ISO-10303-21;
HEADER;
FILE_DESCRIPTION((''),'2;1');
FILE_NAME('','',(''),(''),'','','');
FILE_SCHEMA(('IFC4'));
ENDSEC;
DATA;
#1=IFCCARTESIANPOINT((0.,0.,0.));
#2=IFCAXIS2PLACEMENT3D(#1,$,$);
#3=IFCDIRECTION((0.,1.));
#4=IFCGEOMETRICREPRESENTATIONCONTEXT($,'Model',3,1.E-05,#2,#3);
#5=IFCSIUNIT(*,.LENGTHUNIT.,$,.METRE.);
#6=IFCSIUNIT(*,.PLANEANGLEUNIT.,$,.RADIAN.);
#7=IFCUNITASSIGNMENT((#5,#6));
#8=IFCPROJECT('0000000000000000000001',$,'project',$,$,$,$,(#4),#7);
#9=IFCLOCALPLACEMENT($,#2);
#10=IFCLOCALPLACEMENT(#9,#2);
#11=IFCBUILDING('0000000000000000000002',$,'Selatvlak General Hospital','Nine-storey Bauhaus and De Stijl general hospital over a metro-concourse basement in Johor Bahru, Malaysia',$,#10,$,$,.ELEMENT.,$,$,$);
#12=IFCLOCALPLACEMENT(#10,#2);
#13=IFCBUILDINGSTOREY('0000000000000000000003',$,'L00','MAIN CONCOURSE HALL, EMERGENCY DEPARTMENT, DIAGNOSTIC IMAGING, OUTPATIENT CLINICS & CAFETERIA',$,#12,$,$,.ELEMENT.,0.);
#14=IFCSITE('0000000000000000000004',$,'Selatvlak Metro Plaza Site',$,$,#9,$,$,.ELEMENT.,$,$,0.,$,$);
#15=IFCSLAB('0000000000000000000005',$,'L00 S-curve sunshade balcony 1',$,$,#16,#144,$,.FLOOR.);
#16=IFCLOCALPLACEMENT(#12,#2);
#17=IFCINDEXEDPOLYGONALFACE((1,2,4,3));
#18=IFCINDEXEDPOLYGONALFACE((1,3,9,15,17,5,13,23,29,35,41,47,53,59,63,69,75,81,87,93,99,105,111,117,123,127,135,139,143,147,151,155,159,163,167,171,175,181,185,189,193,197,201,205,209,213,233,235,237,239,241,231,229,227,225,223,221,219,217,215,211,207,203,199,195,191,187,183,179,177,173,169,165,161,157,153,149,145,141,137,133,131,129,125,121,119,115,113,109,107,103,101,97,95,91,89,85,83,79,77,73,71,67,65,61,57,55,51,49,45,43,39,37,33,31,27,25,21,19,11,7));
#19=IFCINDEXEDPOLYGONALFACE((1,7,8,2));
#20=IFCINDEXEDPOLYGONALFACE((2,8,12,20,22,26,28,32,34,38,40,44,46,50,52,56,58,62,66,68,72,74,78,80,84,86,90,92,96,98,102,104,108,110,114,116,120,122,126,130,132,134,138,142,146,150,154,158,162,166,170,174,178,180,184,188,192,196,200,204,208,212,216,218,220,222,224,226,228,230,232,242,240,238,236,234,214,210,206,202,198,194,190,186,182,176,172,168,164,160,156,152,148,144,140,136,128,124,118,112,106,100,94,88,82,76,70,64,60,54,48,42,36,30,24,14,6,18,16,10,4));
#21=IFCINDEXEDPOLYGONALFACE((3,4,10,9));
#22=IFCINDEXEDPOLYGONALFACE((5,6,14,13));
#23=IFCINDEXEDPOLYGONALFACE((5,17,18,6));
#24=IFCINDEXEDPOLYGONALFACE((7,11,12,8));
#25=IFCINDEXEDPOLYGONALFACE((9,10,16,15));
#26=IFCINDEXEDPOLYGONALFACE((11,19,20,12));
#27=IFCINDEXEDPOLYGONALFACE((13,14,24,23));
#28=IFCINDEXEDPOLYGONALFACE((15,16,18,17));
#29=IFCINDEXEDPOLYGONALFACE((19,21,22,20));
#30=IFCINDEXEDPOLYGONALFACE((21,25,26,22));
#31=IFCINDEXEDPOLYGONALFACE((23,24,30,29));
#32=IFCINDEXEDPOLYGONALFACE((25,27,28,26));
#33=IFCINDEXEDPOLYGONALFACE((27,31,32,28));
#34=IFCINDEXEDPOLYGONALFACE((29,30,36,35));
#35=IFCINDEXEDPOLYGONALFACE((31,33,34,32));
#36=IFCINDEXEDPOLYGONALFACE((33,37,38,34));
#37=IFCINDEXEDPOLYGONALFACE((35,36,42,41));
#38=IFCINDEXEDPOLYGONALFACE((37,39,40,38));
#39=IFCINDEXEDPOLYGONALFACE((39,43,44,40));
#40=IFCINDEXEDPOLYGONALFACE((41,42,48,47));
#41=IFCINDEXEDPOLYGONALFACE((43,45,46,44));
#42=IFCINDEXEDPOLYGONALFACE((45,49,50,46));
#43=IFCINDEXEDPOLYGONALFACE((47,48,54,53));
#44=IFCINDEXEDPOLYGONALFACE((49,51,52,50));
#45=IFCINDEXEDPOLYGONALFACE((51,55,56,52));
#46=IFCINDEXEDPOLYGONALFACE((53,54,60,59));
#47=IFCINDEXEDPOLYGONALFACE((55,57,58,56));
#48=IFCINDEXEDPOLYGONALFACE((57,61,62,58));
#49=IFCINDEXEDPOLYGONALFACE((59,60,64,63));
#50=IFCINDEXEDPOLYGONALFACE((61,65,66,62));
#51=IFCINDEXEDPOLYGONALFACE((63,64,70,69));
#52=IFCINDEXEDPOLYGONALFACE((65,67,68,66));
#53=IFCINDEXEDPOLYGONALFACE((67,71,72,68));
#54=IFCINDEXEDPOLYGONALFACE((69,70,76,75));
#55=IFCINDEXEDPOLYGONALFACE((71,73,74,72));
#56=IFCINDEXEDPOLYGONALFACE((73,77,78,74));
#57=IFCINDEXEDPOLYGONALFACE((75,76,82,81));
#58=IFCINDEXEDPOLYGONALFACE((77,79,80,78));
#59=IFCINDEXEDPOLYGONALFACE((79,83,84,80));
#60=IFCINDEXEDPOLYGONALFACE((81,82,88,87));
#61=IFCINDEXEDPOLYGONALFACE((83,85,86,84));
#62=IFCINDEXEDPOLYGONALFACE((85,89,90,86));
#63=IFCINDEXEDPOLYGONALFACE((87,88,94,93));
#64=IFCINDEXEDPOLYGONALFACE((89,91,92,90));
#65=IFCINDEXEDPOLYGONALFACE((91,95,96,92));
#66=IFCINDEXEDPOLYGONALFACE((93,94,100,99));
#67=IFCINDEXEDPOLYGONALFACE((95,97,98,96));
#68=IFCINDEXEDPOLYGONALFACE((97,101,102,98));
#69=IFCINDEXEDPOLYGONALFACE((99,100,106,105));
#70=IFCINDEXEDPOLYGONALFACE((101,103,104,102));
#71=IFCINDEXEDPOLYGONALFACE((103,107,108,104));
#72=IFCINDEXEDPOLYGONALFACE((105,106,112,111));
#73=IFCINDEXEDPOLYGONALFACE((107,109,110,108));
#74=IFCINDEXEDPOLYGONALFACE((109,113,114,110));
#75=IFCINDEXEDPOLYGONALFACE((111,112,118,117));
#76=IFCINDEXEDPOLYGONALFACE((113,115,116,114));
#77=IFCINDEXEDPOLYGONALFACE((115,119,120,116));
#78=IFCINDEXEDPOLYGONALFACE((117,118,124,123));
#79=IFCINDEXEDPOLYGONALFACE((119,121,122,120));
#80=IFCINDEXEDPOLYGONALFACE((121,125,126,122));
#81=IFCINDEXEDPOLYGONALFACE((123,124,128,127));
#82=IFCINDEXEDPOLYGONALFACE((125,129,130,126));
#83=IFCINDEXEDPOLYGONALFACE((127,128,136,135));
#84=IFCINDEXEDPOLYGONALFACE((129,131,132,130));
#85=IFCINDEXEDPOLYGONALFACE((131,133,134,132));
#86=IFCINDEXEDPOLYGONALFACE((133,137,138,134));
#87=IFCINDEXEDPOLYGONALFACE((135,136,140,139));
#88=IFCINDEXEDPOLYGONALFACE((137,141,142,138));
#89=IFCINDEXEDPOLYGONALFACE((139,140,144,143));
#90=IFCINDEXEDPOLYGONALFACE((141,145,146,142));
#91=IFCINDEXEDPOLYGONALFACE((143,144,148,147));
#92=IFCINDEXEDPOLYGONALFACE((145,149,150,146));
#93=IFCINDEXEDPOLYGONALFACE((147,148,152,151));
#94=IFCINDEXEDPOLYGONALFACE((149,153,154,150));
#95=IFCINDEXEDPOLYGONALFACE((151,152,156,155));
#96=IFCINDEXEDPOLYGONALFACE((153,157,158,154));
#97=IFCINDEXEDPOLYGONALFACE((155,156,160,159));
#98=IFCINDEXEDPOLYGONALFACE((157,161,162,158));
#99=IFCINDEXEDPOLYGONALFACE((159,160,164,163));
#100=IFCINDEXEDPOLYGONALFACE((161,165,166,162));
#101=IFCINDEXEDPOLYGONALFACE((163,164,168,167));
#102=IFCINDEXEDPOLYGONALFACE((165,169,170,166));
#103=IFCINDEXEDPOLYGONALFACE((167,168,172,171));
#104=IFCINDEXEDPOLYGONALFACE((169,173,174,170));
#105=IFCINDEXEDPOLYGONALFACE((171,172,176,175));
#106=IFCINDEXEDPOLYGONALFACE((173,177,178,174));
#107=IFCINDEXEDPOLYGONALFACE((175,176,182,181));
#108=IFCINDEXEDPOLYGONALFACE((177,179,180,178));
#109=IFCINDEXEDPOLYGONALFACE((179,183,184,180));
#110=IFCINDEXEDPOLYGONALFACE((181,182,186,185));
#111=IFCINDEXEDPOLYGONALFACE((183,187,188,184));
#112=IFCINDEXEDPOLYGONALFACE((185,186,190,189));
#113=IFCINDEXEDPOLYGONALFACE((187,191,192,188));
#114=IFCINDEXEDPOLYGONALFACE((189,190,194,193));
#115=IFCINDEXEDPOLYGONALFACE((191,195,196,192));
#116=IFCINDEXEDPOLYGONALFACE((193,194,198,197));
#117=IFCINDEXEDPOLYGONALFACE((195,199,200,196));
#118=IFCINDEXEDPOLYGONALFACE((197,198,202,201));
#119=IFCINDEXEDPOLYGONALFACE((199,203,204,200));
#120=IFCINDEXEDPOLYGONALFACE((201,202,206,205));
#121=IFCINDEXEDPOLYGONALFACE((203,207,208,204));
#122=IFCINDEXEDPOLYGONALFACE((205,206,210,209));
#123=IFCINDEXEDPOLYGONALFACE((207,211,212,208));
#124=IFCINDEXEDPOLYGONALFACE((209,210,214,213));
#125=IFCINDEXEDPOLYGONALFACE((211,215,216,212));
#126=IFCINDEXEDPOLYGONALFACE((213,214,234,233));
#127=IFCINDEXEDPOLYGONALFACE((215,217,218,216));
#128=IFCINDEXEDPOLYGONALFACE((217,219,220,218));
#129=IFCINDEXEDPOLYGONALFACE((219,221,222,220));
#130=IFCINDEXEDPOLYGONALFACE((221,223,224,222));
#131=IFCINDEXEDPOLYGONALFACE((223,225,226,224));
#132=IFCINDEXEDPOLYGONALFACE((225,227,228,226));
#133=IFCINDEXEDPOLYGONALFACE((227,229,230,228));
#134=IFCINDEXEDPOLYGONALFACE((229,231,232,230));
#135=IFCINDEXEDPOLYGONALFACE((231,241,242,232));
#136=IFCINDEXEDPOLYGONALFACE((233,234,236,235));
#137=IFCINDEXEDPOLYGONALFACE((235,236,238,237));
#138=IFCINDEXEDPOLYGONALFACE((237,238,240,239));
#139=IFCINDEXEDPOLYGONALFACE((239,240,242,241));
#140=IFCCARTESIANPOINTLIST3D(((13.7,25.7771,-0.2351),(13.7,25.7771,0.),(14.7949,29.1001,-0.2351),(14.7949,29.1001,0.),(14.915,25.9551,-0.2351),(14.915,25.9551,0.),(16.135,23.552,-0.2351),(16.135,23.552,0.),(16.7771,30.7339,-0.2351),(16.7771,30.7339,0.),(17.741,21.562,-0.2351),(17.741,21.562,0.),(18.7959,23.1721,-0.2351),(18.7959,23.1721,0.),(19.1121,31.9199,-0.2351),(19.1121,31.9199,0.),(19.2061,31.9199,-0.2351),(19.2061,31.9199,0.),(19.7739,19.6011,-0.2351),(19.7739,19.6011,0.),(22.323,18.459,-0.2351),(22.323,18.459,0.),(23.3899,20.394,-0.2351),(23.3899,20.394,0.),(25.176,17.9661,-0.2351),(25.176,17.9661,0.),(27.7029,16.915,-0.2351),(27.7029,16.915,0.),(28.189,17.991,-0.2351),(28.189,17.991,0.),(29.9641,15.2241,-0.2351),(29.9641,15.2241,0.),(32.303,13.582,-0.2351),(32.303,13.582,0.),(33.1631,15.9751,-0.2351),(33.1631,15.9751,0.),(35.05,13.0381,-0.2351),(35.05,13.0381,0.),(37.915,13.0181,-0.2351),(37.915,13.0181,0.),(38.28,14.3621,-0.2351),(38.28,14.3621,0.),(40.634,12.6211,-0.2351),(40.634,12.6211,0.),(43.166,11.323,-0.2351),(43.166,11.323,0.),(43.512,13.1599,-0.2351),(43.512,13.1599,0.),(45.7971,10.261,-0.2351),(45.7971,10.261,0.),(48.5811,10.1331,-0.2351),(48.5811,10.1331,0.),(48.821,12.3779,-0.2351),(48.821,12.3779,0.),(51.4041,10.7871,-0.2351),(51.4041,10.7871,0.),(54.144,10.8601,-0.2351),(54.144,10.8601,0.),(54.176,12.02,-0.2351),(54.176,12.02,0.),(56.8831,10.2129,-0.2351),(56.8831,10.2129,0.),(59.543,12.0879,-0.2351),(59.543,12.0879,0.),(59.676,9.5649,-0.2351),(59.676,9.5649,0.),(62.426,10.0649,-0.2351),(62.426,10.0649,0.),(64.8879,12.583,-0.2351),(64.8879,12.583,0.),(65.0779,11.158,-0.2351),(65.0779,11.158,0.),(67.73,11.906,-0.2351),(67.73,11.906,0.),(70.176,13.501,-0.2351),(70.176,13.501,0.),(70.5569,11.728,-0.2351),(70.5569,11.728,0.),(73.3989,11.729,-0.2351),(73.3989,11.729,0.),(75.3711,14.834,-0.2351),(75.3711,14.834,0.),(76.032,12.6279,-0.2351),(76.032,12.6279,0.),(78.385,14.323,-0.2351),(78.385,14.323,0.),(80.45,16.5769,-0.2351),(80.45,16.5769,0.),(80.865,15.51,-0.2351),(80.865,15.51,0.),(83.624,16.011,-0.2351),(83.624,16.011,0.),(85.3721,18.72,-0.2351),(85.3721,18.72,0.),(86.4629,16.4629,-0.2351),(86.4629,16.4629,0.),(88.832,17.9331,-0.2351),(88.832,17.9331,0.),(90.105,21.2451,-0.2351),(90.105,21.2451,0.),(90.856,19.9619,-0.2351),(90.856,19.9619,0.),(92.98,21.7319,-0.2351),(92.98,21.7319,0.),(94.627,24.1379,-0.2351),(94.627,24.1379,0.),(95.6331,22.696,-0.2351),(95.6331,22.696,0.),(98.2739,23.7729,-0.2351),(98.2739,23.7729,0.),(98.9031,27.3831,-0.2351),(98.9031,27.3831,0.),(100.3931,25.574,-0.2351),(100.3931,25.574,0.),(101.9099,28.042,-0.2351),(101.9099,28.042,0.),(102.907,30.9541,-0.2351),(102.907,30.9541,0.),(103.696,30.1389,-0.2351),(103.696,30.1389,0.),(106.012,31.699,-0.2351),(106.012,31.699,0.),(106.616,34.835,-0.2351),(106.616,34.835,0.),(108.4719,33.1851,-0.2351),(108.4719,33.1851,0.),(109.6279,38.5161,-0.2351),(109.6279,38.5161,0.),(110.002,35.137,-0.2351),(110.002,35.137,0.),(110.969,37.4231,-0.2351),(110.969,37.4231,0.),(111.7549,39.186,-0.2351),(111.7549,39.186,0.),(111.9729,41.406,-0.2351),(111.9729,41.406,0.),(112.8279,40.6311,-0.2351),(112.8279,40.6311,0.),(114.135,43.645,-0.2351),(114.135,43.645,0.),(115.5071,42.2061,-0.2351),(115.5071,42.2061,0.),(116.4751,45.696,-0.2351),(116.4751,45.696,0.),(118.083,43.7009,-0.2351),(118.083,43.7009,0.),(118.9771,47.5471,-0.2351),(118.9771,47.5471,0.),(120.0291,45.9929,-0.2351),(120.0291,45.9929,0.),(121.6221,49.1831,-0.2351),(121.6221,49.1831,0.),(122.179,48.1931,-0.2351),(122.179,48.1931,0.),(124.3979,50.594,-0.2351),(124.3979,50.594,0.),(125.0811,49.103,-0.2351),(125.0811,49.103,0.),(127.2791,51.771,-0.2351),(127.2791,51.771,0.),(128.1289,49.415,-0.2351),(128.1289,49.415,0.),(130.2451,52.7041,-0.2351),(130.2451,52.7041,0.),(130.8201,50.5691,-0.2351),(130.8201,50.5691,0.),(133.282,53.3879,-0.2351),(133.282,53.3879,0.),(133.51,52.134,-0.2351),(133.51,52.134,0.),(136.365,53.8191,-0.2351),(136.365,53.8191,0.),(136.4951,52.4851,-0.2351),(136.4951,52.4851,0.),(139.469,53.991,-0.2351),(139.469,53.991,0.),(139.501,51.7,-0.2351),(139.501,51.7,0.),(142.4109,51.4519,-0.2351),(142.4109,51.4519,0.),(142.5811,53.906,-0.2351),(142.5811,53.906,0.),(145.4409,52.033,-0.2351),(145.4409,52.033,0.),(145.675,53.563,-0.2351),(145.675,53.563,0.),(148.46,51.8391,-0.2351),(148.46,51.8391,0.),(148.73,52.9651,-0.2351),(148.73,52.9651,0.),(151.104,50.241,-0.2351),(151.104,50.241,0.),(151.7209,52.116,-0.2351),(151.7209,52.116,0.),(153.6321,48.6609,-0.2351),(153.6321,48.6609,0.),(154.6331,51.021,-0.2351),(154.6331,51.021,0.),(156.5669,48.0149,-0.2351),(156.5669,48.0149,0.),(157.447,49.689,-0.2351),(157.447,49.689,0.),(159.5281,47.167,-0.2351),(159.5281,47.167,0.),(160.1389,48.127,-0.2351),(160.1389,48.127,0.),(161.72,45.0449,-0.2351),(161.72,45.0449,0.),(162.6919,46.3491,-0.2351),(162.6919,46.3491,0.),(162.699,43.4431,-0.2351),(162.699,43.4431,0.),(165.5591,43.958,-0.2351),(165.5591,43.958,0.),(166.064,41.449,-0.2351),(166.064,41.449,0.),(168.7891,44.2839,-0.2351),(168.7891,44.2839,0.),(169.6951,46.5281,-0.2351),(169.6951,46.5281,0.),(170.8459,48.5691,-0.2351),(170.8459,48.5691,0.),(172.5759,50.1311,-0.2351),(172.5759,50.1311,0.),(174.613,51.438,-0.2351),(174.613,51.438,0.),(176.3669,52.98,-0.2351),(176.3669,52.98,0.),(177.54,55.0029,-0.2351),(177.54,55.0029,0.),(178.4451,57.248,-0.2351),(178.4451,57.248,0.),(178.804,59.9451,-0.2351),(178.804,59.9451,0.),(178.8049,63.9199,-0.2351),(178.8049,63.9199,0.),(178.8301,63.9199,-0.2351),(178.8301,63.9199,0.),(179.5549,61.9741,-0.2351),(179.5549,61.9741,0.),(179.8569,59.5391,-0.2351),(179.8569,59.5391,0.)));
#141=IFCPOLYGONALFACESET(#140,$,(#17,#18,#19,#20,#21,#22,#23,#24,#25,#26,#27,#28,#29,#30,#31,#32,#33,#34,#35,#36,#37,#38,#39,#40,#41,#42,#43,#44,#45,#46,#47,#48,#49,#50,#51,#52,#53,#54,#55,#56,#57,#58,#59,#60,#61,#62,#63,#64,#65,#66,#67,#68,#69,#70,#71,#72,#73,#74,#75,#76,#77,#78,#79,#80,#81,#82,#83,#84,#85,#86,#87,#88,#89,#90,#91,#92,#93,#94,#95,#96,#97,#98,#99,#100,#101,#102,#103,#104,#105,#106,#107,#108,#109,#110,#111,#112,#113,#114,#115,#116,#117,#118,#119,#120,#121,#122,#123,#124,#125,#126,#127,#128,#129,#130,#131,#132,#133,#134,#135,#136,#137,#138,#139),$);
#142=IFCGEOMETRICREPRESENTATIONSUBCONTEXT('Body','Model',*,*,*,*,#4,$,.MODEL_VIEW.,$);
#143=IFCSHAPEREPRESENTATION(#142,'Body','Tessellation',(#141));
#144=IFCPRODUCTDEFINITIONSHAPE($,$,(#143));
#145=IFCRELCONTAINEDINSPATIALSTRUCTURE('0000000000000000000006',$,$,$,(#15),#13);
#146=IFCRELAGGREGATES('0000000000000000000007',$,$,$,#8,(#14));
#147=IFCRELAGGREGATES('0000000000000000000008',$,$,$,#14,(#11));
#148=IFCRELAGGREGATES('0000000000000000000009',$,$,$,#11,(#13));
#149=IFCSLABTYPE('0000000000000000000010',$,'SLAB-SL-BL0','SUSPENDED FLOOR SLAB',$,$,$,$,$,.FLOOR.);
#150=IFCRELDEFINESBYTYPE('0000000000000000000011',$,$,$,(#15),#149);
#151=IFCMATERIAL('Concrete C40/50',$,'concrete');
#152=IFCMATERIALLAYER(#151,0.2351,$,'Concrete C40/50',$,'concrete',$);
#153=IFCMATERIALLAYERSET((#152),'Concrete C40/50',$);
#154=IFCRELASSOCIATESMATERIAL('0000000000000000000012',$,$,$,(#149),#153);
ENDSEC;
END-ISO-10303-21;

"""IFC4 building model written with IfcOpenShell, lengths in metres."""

from ifc_helpers import new_model, si_unit, direction, frame, origin, place, context, subcontext, project, spatial, polyline, outline, extrude, material, layer, layer_set, type_object, element, save


model = new_model("IFC4")

# Units and contexts
model_context = context("Model", 3, precision=1e-05, world=origin(), true_north=direction((0.0, 1.0)))
body_context = subcontext(model_context, "Body", "Model", "MODEL_VIEW")
ifc_project = project(units=[si_unit("LENGTHUNIT", "METRE"), si_unit("PLANEANGLEUNIT", "RADIAN")], contexts=[model_context])

# Site, building, storey
site_placement = place(None, origin())
site = spatial("IfcSite", under=ifc_project, at=site_placement, Name="Selatvlak Metro Plaza Site", CompositionType="ELEMENT", RefElevation=0.0)
building_placement = place(site_placement, origin())
building = spatial("IfcBuilding", under=site, at=building_placement, Name="Selatvlak General Hospital", Description="Nine-storey Bauhaus and De Stijl general hospital over a metro-concourse basement in Johor Bahru, Malaysia", CompositionType="ELEMENT")
storey_placement = place(building_placement, origin())
storey = spatial("IfcBuildingStorey", under=building, at=storey_placement, Name="L00", Description="MAIN CONCOURSE HALL, EMERGENCY DEPARTMENT, DIAGNOSTIC IMAGING, OUTPATIENT CLINICS & CAFETERIA", CompositionType="ELEMENT", Elevation=0.0)

# Shared definitions
ifc_material_1 = material(Name="Concrete C40/50", Category="concrete")

# Slab
ifc_layer_1 = layer(ifc_material_1, 0.2351, Name="Concrete C40/50", Category="concrete")
ifc_layer_set_1 = layer_set([ifc_layer_1], Name="Concrete C40/50")
slab_type_1 = type_object("IfcSlabType", Name="SLAB-SL-BL0", Description="SUSPENDED FLOOR SLAB", PredefinedType="FLOOR", material=ifc_layer_set_1)
slab_1_placement = place(storey_placement, frame((0.0, 0.0, -0.2351)))
element("IfcSlab", 1, at=slab_1_placement, inside=storey, type_object=slab_type_1, Name="L00 S-curve sunshade balcony 1", PredefinedType="FLOOR", context=body_context, shape_type="SweptSolid", body=[
    extrude(outline(polyline([(177.54, 55.0029), (176.3669, 52.98), (174.613, 51.438), (172.5759, 50.1311), (170.8459, 48.5691), (169.6951, 46.5281), (168.7891, 44.2839), (166.064, 41.449), (162.699, 43.4431), (161.72, 45.0449), (159.5281, 47.167), (156.5669, 48.0149), (153.6321, 48.6609), (151.104, 50.241), (148.46, 51.8391), (145.4409, 52.033), (142.4109, 51.4519), (139.501, 51.7), (136.4951, 52.4851), (133.51, 52.134), (130.8201, 50.5691), (128.1289, 49.415), (125.0811, 49.103), (122.179, 48.1931), (120.0291, 45.9929), (118.083, 43.7009), (115.5071, 42.2061), (112.8279, 40.6311), (111.7549, 39.186), (110.969, 37.4231), (110.002, 35.137), (108.4719, 33.1851), (106.012, 31.699), (103.696, 30.1389), (101.9099, 28.042), (100.3931, 25.574), (98.2739, 23.7729), (95.6331, 22.696), (92.98, 21.7319), (90.856, 19.9619), (88.832, 17.9331), (86.4629, 16.4629), (83.624, 16.011), (80.865, 15.51), (78.385, 14.323), (76.032, 12.6279), (73.3989, 11.729), (70.5569, 11.728), (67.73, 11.906), (65.0779, 11.158), (62.426, 10.0649), (59.676, 9.5649), (56.8831, 10.2129), (54.144, 10.8601), (51.4041, 10.7871), (48.5811, 10.1331), (45.7971, 10.261), (43.166, 11.323), (40.634, 12.6211), (37.915, 13.0181), (35.05, 13.0381), (32.303, 13.582), (29.9641, 15.2241), (27.7029, 16.915), (25.176, 17.9661), (22.323, 18.459), (19.7739, 19.6011), (17.741, 21.562), (16.135, 23.552), (13.7, 25.7771), (14.7949, 29.1001), (16.7771, 30.7339), (19.1121, 31.9199), (19.2061, 31.9199), (14.915, 25.9551), (18.7959, 23.1721), (23.3899, 20.394), (28.189, 17.991), (33.1631, 15.9751), (38.28, 14.3621), (43.512, 13.1599), (48.821, 12.3779), (54.176, 12.02), (59.543, 12.0879), (64.8879, 12.583), (70.176, 13.501), (75.3711, 14.834), (80.45, 16.5769), (85.3721, 18.72), (90.105, 21.2451), (94.627, 24.1379), (98.9031, 27.3831), (102.907, 30.9541), (106.616, 34.835), (109.6279, 38.5161), (111.9729, 41.406), (114.135, 43.645), (116.4751, 45.696), (118.9771, 47.5471), (121.6221, 49.1831), (124.3979, 50.594), (127.2791, 51.771), (130.2451, 52.7041), (133.282, 53.3879), (136.365, 53.8191), (139.469, 53.991), (142.5811, 53.906), (145.675, 53.563), (148.73, 52.9651), (151.7209, 52.116), (154.6331, 51.021), (157.447, 49.689), (160.1389, 48.127), (162.6919, 46.3491), (165.5591, 43.958), (178.804, 59.9451), (178.8049, 63.9199), (178.8301, 63.9199), (179.5549, 61.9741), (179.8569, 59.5391), (178.4451, 57.248), (177.54, 55.0029)])), origin(), (0.0, 0.0, 1.0), 0.2351),
])

save(model, "model.ifc")
